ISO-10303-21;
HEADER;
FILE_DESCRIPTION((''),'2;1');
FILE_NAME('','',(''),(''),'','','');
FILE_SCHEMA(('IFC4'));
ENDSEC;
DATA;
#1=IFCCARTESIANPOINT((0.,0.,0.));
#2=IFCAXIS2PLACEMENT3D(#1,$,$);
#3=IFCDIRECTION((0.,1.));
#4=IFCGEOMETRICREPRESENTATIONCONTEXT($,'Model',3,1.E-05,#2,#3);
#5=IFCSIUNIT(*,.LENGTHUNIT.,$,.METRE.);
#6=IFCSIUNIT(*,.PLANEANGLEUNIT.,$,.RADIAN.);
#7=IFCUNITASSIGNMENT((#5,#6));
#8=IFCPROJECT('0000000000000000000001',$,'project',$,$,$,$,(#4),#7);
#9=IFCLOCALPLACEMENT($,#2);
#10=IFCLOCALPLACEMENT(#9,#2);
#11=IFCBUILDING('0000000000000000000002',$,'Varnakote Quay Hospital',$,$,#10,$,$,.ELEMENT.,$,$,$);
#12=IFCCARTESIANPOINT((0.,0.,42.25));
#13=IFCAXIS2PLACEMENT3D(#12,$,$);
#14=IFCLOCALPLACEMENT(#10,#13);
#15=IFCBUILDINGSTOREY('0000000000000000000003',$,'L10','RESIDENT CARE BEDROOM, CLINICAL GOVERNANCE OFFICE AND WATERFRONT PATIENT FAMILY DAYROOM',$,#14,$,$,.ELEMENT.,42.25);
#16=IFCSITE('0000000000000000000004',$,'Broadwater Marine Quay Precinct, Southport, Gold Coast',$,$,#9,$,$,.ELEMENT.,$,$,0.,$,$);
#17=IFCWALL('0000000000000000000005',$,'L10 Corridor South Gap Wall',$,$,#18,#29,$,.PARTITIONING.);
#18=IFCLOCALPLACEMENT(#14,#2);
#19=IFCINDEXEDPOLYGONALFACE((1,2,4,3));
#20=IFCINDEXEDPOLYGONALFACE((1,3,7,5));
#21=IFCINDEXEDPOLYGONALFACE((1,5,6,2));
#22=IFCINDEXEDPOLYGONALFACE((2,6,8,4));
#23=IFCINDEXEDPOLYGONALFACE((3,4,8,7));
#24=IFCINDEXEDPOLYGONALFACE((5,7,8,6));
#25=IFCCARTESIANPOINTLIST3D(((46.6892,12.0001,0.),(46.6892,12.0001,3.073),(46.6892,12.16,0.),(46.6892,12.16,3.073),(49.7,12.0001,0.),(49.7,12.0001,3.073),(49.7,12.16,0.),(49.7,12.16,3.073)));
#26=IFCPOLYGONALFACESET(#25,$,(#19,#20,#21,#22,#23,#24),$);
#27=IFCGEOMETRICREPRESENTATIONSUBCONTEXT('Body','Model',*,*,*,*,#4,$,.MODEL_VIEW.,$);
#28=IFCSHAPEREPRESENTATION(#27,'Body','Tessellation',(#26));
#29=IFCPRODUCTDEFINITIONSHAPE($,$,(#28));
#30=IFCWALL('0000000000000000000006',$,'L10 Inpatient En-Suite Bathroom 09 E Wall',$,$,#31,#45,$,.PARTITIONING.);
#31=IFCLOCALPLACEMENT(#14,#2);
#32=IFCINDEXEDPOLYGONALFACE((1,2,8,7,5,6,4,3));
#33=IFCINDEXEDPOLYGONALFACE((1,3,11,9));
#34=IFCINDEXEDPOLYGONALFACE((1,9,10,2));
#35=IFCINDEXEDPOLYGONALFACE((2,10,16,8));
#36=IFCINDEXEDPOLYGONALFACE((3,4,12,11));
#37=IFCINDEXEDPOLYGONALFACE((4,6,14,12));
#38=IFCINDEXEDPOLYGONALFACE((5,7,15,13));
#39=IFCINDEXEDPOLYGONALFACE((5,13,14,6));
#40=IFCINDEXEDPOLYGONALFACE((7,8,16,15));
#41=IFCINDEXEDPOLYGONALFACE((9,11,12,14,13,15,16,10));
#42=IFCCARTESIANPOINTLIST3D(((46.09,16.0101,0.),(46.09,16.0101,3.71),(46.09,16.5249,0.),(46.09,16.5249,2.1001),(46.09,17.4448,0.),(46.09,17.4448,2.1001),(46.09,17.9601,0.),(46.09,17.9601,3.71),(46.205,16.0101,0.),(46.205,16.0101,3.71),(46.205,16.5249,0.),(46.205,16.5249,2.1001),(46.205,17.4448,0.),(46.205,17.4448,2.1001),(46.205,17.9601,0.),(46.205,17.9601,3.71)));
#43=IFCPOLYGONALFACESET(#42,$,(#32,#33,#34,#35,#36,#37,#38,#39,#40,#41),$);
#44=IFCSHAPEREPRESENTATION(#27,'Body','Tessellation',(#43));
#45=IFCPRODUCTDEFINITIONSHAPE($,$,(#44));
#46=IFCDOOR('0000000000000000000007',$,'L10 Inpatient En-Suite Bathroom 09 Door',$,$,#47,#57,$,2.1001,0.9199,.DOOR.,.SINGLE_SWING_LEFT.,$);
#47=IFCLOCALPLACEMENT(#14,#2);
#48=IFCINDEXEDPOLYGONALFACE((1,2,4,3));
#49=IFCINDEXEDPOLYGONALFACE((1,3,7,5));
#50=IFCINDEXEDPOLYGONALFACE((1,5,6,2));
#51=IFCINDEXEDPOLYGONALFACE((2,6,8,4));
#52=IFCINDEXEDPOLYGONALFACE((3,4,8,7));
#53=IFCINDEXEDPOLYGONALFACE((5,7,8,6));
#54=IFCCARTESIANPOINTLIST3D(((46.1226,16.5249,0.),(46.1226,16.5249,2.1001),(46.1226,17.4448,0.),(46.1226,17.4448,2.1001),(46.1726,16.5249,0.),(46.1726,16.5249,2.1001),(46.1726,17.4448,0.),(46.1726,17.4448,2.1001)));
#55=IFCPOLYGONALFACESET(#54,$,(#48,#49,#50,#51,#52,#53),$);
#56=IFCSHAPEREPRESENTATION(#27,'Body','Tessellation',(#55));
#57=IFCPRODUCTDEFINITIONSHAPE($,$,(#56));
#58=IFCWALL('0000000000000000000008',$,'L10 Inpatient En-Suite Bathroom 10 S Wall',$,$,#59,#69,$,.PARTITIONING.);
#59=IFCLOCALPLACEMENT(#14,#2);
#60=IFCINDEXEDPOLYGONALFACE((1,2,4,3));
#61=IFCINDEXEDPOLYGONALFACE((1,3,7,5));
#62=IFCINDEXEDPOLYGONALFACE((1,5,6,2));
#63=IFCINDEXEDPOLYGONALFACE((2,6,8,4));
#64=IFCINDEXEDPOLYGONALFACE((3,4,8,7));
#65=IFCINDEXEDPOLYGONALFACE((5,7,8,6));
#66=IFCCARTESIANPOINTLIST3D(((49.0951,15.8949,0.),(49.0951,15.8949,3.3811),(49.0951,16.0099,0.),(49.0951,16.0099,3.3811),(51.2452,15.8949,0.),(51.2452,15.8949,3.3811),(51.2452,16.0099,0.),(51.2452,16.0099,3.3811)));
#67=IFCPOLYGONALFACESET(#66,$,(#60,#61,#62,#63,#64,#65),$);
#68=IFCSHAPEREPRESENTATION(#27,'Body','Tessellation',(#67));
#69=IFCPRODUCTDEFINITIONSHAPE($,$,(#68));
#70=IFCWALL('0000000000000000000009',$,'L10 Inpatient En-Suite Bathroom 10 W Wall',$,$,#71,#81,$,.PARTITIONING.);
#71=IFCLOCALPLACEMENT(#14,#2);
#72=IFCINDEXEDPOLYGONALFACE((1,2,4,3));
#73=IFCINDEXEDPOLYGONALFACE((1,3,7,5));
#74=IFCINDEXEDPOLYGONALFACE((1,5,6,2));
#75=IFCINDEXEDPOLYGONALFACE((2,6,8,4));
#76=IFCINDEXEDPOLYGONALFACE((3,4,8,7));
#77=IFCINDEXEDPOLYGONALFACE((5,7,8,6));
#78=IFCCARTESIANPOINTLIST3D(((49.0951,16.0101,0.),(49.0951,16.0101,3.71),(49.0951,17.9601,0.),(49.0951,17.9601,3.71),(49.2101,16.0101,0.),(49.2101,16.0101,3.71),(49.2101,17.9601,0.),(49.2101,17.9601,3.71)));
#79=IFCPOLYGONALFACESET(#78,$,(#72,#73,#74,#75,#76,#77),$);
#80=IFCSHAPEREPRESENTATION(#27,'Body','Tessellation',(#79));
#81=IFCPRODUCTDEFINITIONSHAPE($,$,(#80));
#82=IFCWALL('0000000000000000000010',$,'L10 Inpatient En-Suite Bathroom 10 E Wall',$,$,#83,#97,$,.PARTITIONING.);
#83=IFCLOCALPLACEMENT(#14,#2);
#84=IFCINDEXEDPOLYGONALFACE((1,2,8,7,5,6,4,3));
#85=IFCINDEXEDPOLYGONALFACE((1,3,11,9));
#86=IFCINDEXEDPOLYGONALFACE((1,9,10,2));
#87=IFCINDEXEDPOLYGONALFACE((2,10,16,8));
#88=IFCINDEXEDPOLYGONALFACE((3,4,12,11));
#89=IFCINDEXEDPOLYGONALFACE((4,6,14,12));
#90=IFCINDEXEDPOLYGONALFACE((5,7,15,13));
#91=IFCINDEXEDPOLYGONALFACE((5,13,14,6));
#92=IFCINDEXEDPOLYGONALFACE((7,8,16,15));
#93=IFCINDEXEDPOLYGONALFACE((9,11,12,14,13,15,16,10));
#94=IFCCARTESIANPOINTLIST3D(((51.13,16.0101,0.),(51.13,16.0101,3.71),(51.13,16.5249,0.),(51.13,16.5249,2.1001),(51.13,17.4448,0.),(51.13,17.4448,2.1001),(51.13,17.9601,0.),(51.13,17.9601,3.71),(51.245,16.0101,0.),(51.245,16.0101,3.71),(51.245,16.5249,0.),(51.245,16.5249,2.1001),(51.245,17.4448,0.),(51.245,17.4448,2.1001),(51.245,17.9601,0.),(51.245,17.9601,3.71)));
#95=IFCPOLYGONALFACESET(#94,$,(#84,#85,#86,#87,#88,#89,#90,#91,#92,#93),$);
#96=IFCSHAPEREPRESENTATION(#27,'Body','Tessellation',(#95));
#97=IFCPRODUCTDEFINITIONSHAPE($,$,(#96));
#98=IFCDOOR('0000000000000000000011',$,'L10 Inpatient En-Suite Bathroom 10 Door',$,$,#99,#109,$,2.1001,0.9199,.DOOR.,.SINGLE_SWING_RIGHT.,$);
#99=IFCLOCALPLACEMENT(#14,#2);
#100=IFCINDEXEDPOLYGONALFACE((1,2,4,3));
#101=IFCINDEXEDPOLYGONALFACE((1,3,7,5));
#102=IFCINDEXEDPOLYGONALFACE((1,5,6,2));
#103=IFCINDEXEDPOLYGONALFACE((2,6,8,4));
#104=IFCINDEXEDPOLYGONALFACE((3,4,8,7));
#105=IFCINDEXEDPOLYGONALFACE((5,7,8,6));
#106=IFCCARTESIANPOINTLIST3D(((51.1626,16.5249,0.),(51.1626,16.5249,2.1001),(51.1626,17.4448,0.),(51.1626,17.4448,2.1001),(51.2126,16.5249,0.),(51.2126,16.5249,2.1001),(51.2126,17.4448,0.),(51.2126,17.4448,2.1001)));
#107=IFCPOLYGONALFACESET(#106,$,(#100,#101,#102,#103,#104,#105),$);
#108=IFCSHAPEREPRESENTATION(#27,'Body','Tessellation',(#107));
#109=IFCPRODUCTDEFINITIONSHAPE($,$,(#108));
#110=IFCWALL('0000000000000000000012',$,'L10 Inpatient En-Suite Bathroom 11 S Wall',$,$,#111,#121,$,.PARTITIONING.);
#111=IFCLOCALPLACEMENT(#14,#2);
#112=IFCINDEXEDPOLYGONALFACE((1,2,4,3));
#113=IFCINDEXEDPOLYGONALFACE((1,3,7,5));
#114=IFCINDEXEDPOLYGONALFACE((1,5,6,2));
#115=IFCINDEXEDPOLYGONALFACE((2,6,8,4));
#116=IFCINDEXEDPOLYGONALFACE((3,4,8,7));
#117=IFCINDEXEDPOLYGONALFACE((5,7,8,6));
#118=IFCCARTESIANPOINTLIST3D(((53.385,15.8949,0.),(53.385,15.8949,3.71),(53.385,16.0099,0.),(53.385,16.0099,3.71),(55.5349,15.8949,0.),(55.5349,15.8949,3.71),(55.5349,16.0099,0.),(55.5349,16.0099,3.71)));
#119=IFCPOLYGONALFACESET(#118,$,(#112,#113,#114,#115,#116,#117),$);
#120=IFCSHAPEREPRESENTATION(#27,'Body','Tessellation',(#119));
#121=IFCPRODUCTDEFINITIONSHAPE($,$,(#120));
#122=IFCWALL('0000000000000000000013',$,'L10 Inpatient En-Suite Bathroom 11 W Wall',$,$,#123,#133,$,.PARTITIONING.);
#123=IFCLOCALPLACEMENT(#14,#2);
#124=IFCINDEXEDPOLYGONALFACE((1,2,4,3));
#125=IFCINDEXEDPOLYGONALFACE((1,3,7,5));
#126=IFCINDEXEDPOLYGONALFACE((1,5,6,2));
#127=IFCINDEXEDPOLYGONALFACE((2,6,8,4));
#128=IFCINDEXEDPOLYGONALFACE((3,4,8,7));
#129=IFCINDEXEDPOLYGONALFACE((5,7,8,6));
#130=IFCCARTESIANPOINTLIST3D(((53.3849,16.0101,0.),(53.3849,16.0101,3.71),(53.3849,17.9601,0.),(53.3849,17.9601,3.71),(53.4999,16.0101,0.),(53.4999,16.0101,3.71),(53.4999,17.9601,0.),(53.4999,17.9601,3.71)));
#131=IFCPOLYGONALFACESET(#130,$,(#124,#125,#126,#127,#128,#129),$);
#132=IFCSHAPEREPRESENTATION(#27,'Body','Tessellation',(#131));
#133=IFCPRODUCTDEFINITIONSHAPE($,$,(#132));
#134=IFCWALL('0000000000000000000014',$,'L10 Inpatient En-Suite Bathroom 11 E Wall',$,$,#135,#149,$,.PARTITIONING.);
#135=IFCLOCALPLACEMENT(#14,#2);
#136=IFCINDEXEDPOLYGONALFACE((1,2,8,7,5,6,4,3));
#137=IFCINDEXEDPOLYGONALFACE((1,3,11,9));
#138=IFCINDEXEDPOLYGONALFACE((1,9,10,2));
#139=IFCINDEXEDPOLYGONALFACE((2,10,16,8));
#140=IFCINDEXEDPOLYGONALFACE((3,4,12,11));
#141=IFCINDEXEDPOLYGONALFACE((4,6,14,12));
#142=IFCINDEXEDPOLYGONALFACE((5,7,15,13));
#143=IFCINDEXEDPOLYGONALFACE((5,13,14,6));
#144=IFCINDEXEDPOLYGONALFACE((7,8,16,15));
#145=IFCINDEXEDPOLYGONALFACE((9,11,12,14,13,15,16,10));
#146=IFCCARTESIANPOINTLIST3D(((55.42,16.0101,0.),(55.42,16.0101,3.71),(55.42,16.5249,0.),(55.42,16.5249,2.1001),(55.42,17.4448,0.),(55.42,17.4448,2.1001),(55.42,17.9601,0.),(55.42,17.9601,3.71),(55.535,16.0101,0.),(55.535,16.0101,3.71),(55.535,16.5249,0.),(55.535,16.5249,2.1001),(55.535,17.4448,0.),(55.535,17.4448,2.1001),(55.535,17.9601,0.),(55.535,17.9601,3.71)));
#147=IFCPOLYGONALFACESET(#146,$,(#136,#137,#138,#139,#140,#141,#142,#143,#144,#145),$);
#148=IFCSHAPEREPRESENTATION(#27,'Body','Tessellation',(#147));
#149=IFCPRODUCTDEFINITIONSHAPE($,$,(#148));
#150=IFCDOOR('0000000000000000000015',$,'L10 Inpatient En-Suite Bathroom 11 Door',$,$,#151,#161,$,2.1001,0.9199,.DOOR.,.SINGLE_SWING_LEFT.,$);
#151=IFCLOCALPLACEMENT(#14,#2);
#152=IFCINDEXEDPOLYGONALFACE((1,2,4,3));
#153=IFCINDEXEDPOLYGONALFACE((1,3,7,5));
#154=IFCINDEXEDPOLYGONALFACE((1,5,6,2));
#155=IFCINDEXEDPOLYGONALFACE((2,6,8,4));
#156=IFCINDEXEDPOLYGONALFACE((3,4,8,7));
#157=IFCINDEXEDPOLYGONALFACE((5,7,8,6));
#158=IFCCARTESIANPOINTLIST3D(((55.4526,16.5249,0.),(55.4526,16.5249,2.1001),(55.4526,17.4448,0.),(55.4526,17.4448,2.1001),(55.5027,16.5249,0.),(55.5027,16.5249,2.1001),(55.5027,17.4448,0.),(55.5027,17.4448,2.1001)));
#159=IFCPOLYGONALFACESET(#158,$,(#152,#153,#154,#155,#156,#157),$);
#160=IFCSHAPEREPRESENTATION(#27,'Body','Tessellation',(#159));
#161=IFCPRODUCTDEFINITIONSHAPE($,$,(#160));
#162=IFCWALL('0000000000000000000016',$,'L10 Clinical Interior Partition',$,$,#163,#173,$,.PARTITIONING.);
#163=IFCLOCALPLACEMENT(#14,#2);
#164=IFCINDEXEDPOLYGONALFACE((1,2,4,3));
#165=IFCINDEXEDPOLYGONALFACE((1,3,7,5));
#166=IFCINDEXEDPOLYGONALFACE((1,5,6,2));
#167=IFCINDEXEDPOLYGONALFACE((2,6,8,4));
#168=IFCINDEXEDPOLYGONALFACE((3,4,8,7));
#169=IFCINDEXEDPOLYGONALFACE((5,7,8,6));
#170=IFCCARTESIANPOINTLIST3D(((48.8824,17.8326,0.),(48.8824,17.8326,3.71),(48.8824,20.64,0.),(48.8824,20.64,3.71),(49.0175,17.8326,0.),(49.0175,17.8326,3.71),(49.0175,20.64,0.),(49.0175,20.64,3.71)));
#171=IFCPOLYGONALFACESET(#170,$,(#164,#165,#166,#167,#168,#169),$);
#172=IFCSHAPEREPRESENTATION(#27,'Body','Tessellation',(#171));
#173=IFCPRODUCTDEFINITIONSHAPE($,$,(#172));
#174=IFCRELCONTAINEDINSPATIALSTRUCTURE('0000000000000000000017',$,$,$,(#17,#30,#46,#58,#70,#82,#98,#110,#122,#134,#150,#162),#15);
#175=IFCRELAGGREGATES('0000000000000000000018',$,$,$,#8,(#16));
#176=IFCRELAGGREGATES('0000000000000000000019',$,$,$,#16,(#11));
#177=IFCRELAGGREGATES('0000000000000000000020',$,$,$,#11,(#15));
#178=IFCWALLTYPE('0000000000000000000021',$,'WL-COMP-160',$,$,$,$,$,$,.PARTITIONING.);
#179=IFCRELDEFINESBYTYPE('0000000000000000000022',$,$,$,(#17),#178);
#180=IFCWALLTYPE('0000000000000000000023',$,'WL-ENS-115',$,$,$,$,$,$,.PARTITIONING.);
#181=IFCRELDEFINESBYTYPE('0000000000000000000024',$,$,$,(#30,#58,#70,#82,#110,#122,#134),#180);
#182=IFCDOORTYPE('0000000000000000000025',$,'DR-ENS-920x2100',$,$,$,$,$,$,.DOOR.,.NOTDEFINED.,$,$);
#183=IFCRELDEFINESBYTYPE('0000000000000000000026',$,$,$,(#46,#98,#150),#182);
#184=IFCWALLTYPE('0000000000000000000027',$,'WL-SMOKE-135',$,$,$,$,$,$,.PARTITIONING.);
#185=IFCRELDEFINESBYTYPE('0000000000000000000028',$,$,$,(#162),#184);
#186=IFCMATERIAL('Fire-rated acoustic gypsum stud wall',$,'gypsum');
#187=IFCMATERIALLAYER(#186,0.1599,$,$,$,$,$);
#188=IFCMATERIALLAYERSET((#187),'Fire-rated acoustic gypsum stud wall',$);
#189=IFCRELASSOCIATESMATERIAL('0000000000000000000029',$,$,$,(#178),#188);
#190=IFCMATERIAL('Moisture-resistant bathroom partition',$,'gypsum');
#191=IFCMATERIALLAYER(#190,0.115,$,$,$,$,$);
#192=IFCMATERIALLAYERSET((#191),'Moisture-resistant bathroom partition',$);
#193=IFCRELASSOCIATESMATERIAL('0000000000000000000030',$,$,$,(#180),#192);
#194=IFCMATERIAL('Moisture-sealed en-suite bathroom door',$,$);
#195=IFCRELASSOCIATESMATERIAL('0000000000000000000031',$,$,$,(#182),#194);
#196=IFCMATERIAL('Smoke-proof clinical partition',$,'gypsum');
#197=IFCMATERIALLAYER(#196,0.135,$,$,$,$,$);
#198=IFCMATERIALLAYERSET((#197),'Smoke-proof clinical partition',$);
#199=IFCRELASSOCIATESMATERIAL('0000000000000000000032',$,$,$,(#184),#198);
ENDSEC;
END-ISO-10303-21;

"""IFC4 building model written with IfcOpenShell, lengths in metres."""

from ifc_helpers import new_model, si_unit, direction, frame, frame_2d, origin, place, context, subcontext, project, spatial, rectangle, extrude, material, layer, layer_set, type_object, element, fill, save


model = new_model("IFC4")

# Units and contexts
model_context = context("Model", 3, precision=1e-05, world=origin(), true_north=direction((0.0, 1.0)))
body_context = subcontext(model_context, "Body", "Model", "MODEL_VIEW")
ifc_project = project(units=[si_unit("LENGTHUNIT", "METRE"), si_unit("PLANEANGLEUNIT", "RADIAN")], contexts=[model_context])

# Site, building, storey
site_placement = place(None, origin())
site = spatial("IfcSite", under=ifc_project, at=site_placement, Name="Broadwater Marine Quay Precinct, Southport, Gold Coast", CompositionType="ELEMENT", RefElevation=0.0)
building_placement = place(site_placement, origin())
building = spatial("IfcBuilding", under=site, at=building_placement, Name="Varnakote Quay Hospital", CompositionType="ELEMENT")
storey_placement = place(building_placement, frame((0.0, 0.0, 42.25)))
storey = spatial("IfcBuildingStorey", under=building, at=storey_placement, Name="L10", Description="RESIDENT CARE BEDROOM, CLINICAL GOVERNANCE OFFICE AND WATERFRONT PATIENT FAMILY DAYROOM", CompositionType="ELEMENT", Elevation=42.25)

# Wall
ifc_material_1 = material(Name="Fire-rated acoustic gypsum stud wall", Category="gypsum")
ifc_layer_1 = layer(ifc_material_1, 0.1599)
ifc_layer_set_1 = layer_set([ifc_layer_1], Name="Fire-rated acoustic gypsum stud wall")
wall_type_1 = type_object("IfcWallType", Name="WL-COMP-160", PredefinedType="PARTITIONING", material=ifc_layer_set_1)
wall_1_placement = place(storey_placement, frame((46.6892, 12.0801, 0.0), z_axis=(0.0, 0.0, 1.0), x_axis=(1.0, 0.0, 0.0)))
element("IfcWall", 1, at=wall_1_placement, inside=storey, type_object=wall_type_1, Name="L10 Corridor South Gap Wall", PredefinedType="PARTITIONING", context=body_context, shape_type="SweptSolid", body=[
    extrude(rectangle(XDim=3.0107, YDim=0.1599, at=frame_2d((1.5054, 0.0))), origin(), (0.0, 0.0, 1.0), 3.073),
])

# Wall, opening, door
ifc_material_2 = material(Name="Moisture-resistant bathroom partition", Category="gypsum")
ifc_layer_2 = layer(ifc_material_2, 0.115)
ifc_layer_set_2 = layer_set([ifc_layer_2], Name="Moisture-resistant bathroom partition")
wall_type_2 = type_object("IfcWallType", Name="WL-ENS-115", PredefinedType="PARTITIONING", material=ifc_layer_set_2)
wall_2_placement = place(storey_placement, frame((46.1475, 16.01, 0.0), z_axis=(0.0, 0.0, 1.0), x_axis=(0.0, 1.0, 0.0)))
wall_2 = element("IfcWall", 2, at=wall_2_placement, inside=storey, type_object=wall_type_2, Name="L10 Inpatient En-Suite Bathroom 09 E Wall", PredefinedType="PARTITIONING", context=body_context, shape_type="SweptSolid", body=[
    extrude(rectangle(XDim=1.95, YDim=0.115, at=frame_2d((0.9751, 0.0))), origin(), (0.0, 0.0, 1.0), 3.71),
])
opening_1_placement = place(wall_2_placement, frame((0.5149, 0.0, 0.0)))
opening_1 = element("IfcOpeningElement", 3, at=opening_1_placement, cuts=wall_2, PredefinedType="OPENING", context=body_context, shape_type="SweptSolid", body=[
    extrude(rectangle(XDim=0.9199, YDim=2.1001, at=frame_2d((0.46, 1.05))), frame((0.0, 0.0674, 0.0), z_axis=(0.0, -1.0, 0.0), x_axis=(1.0, 0.0, 0.0)), (0.0, 0.0, 1.0), 0.135),
])
ifc_material_3 = material(Name="Moisture-sealed en-suite bathroom door")
door_type_1 = type_object("IfcDoorType", Name="DR-ENS-920x2100", OperationType="NOTDEFINED", PredefinedType="DOOR", material=ifc_material_3)
door_1_placement = place(opening_1_placement, origin())
door_1 = element("IfcDoor", 4, at=door_1_placement, inside=storey, type_object=door_type_1, Name="L10 Inpatient En-Suite Bathroom 09 Door", OperationType="SINGLE_SWING_LEFT", OverallHeight=2.1001, OverallWidth=0.9199, PredefinedType="DOOR", context=body_context, shape_type="SweptSolid", body=[
    extrude(rectangle(XDim=0.9199, YDim=2.1001, at=frame_2d((0.46, 1.05))), frame((0.0, 0.0249, 0.0), z_axis=(0.0, -1.0, 0.0), x_axis=(1.0, 0.0, 0.0)), (0.0, 0.0, 1.0), 0.05),
])
fill(opening_1, door_1)

# Walls
wall_3_placement = place(storey_placement, frame((49.095, 15.9524, 0.0), z_axis=(0.0, 0.0, 1.0), x_axis=(1.0, 0.0, 0.0)))
element("IfcWall", 5, at=wall_3_placement, inside=storey, type_object=wall_type_2, Name="L10 Inpatient En-Suite Bathroom 10 S Wall", PredefinedType="PARTITIONING", context=body_context, shape_type="SweptSolid", body=[
    extrude(rectangle(XDim=2.1501, YDim=0.115, at=frame_2d((1.0752, 0.0))), origin(), (0.0, 0.0, 1.0), 3.3811),
])
wall_4_placement = place(storey_placement, frame((49.1526, 16.01, 0.0), z_axis=(0.0, 0.0, 1.0), x_axis=(0.0, 1.0, 0.0)))
element("IfcWall", 6, at=wall_4_placement, inside=storey, type_object=wall_type_2, Name="L10 Inpatient En-Suite Bathroom 10 W Wall", PredefinedType="PARTITIONING", context=body_context, shape_type="SweptSolid", body=[
    extrude(rectangle(XDim=1.95, YDim=0.115, at=frame_2d((0.9751, 0.0))), origin(), (0.0, 0.0, 1.0), 3.71),
])

# Wall, opening, door
wall_5_placement = place(storey_placement, frame((51.1875, 16.01, 0.0), z_axis=(0.0, 0.0, 1.0), x_axis=(0.0, 1.0, 0.0)))
wall_5 = element("IfcWall", 7, at=wall_5_placement, inside=storey, type_object=wall_type_2, Name="L10 Inpatient En-Suite Bathroom 10 E Wall", PredefinedType="PARTITIONING", context=body_context, shape_type="SweptSolid", body=[
    extrude(rectangle(XDim=1.95, YDim=0.115, at=frame_2d((0.9751, 0.0))), origin(), (0.0, 0.0, 1.0), 3.71),
])
opening_2_placement = place(wall_5_placement, frame((0.5149, 0.0, 0.0)))
opening_2 = element("IfcOpeningElement", 8, at=opening_2_placement, cuts=wall_5, PredefinedType="OPENING", context=body_context, shape_type="SweptSolid", body=[
    extrude(rectangle(XDim=0.9199, YDim=2.1001, at=frame_2d((0.46, 1.05))), frame((0.0, 0.0674, 0.0), z_axis=(0.0, -1.0, 0.0), x_axis=(1.0, 0.0, 0.0)), (0.0, 0.0, 1.0), 0.135),
])
door_2_placement = place(opening_2_placement, origin())
door_2 = element("IfcDoor", 9, at=door_2_placement, inside=storey, type_object=door_type_1, Name="L10 Inpatient En-Suite Bathroom 10 Door", OperationType="SINGLE_SWING_RIGHT", OverallHeight=2.1001, OverallWidth=0.9199, PredefinedType="DOOR", context=body_context, shape_type="SweptSolid", body=[
    extrude(rectangle(XDim=0.9199, YDim=2.1001, at=frame_2d((0.46, 1.05))), frame((0.0, 0.0249, 0.0), z_axis=(0.0, -1.0, 0.0), x_axis=(1.0, 0.0, 0.0)), (0.0, 0.0, 1.0), 0.05),
])
fill(opening_2, door_2)

# Walls
wall_6_placement = place(storey_placement, frame((53.385, 15.9524, 0.0), z_axis=(0.0, 0.0, 1.0), x_axis=(1.0, 0.0, 0.0)))
element("IfcWall", 10, at=wall_6_placement, inside=storey, type_object=wall_type_2, Name="L10 Inpatient En-Suite Bathroom 11 S Wall", PredefinedType="PARTITIONING", context=body_context, shape_type="SweptSolid", body=[
    extrude(rectangle(XDim=2.1499, YDim=0.115, at=frame_2d((1.075, 0.0))), origin(), (0.0, 0.0, 1.0), 3.71),
])
wall_7_placement = place(storey_placement, frame((53.4424, 16.01, 0.0), z_axis=(0.0, 0.0, 1.0), x_axis=(0.0, 1.0, 0.0)))
element("IfcWall", 11, at=wall_7_placement, inside=storey, type_object=wall_type_2, Name="L10 Inpatient En-Suite Bathroom 11 W Wall", PredefinedType="PARTITIONING", context=body_context, shape_type="SweptSolid", body=[
    extrude(rectangle(XDim=1.95, YDim=0.115, at=frame_2d((0.9751, 0.0))), origin(), (0.0, 0.0, 1.0), 3.71),
])

# Wall, opening, door
wall_8_placement = place(storey_placement, frame((55.4775, 16.01, 0.0), z_axis=(0.0, 0.0, 1.0), x_axis=(0.0, 1.0, 0.0)))
wall_8 = element("IfcWall", 12, at=wall_8_placement, inside=storey, type_object=wall_type_2, Name="L10 Inpatient En-Suite Bathroom 11 E Wall", PredefinedType="PARTITIONING", context=body_context, shape_type="SweptSolid", body=[
    extrude(rectangle(XDim=1.95, YDim=0.115, at=frame_2d((0.9751, 0.0))), origin(), (0.0, 0.0, 1.0), 3.71),
])
opening_3_placement = place(wall_8_placement, frame((0.5149, 0.0, 0.0)))
opening_3 = element("IfcOpeningElement", 13, at=opening_3_placement, cuts=wall_8, PredefinedType="OPENING", context=body_context, shape_type="SweptSolid", body=[
    extrude(rectangle(XDim=0.9199, YDim=2.1001, at=frame_2d((0.46, 1.05))), frame((0.0, 0.0674, 0.0), z_axis=(0.0, -1.0, 0.0), x_axis=(1.0, 0.0, 0.0)), (0.0, 0.0, 1.0), 0.135),
])
door_3_placement = place(opening_3_placement, origin())
door_3 = element("IfcDoor", 14, at=door_3_placement, inside=storey, type_object=door_type_1, Name="L10 Inpatient En-Suite Bathroom 11 Door", OperationType="SINGLE_SWING_LEFT", OverallHeight=2.1001, OverallWidth=0.9199, PredefinedType="DOOR", context=body_context, shape_type="SweptSolid", body=[
    extrude(rectangle(XDim=0.9199, YDim=2.1001, at=frame_2d((0.46, 1.05))), frame((0.0, 0.0249, 0.0), z_axis=(0.0, -1.0, 0.0), x_axis=(1.0, 0.0, 0.0)), (0.0, 0.0, 1.0), 0.05),
])
fill(opening_3, door_3)

# Wall
ifc_material_4 = material(Name="Smoke-proof clinical partition", Category="gypsum")
ifc_layer_3 = layer(ifc_material_4, 0.135)
ifc_layer_set_3 = layer_set([ifc_layer_3], Name="Smoke-proof clinical partition")
wall_type_3 = type_object("IfcWallType", Name="WL-SMOKE-135", PredefinedType="PARTITIONING", material=ifc_layer_set_3)
for number, where, z_axis, x_axis, name in (
    (15, (48.95, 17.8325, 0.0), (0.0, 0.0, 1.0), (0.0, 1.0, 0.0), "L10 Clinical Interior Partition"),
):
    element("IfcWall", number, at=place(storey_placement, frame(where, z_axis=z_axis, x_axis=x_axis)), inside=storey, type_object=wall_type_3, Name=name, PredefinedType="PARTITIONING", context=body_context, shape_type="SweptSolid", body=[
        extrude(rectangle(XDim=2.8074, YDim=0.135, at=frame_2d((1.4038, 0.0))), origin(), (0.0, 0.0, 1.0), 3.71),
    ])

save(model, "model.ifc")
